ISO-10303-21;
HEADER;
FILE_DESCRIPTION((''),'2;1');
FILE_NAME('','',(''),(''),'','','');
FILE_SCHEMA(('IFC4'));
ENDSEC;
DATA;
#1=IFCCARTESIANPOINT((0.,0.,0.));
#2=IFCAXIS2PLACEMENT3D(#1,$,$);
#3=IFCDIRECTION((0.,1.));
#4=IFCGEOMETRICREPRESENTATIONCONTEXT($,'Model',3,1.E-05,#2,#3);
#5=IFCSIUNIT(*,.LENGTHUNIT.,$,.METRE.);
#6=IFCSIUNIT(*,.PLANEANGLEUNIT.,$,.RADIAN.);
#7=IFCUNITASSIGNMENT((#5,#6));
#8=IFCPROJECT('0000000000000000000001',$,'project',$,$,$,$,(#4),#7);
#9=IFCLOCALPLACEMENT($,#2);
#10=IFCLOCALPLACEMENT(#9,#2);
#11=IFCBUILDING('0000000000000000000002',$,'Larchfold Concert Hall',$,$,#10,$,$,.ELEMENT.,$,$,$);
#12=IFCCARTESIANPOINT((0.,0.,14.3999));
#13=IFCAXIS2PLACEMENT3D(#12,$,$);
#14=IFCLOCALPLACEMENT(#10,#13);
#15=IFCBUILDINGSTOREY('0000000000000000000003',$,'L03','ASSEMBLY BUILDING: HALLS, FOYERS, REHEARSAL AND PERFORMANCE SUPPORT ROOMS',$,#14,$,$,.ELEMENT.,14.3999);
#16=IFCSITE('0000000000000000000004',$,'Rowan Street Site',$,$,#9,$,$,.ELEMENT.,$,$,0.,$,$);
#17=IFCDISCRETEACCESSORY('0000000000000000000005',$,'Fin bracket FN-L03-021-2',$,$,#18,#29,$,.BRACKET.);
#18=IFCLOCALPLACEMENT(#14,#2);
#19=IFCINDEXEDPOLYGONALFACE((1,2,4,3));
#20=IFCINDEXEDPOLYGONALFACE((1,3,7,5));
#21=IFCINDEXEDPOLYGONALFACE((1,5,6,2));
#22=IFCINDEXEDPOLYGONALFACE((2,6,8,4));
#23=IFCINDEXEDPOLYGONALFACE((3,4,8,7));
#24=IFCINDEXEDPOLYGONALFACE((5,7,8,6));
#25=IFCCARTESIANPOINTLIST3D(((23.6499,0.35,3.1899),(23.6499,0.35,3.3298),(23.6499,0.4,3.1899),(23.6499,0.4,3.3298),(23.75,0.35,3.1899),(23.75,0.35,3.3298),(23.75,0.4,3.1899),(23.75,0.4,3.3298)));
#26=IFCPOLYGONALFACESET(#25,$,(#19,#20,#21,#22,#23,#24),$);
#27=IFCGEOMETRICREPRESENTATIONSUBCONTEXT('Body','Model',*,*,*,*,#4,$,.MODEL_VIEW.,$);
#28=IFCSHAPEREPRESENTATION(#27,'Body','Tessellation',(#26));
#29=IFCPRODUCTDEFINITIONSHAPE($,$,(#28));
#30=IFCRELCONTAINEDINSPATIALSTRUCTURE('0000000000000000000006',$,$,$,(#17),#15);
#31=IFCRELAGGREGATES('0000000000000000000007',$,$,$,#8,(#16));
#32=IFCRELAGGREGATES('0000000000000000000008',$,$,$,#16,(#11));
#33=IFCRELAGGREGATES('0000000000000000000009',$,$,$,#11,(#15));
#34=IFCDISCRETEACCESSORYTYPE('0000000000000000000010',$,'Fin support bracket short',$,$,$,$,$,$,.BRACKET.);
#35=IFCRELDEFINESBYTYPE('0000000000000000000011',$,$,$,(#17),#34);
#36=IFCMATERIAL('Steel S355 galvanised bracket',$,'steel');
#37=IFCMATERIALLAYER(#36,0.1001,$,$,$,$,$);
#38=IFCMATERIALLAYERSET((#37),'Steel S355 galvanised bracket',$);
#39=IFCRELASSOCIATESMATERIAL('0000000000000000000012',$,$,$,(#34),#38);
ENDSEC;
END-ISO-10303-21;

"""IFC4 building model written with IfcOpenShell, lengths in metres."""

from ifc_helpers import new_model, si_unit, direction, frame, origin, origin_2d, place, context, subcontext, project, spatial, rectangle, extrude, material, layer, layer_set, type_object, element, save


model = new_model("IFC4")

# Units and contexts
model_context = context("Model", 3, precision=1e-05, world=origin(), true_north=direction((0.0, 1.0)))
body_context = subcontext(model_context, "Body", "Model", "MODEL_VIEW")
ifc_project = project(units=[si_unit("LENGTHUNIT", "METRE"), si_unit("PLANEANGLEUNIT", "RADIAN")], contexts=[model_context])

# Site, building, storey
site_placement = place(None, origin())
site = spatial("IfcSite", under=ifc_project, at=site_placement, Name="Rowan Street Site", CompositionType="ELEMENT", RefElevation=0.0)
building_placement = place(site_placement, origin())
building = spatial("IfcBuilding", under=site, at=building_placement, Name="Larchfold Concert Hall", CompositionType="ELEMENT")
storey_placement = place(building_placement, frame((0.0, 0.0, 14.3999)))
storey = spatial("IfcBuildingStorey", under=building, at=storey_placement, Name="L03", Description="ASSEMBLY BUILDING: HALLS, FOYERS, REHEARSAL AND PERFORMANCE SUPPORT ROOMS", CompositionType="ELEMENT", Elevation=14.3999)

# Discrete accessory
ifc_material_1 = material(Name="Steel S355 galvanised bracket", Category="steel")
ifc_layer_1 = layer(ifc_material_1, 0.1001)
ifc_layer_set_1 = layer_set([ifc_layer_1], Name="Steel S355 galvanised bracket")
discrete_accessory_type = type_object("IfcDiscreteAccessoryType", Name="Fin support bracket short", PredefinedType="BRACKET", material=ifc_layer_set_1)
for number, where, z_axis, x_axis, name in (
    (1, (23.7, 0.375, 3.1899), (0.0, 0.0, 1.0), (0.0, -1.0, 0.0), "Fin bracket FN-L03-021-2"),
):
    element("IfcDiscreteAccessory", number, at=place(storey_placement, frame(where, z_axis=z_axis, x_axis=x_axis)), inside=storey, type_object=discrete_accessory_type, Name=name, PredefinedType="BRACKET", context=body_context, shape_type="SweptSolid", body=[
        extrude(rectangle(XDim=0.05, YDim=0.1001, at=origin_2d()), origin(), (0.0, 0.0, 1.0), 0.1399),
    ])

save(model, "model.ifc")
